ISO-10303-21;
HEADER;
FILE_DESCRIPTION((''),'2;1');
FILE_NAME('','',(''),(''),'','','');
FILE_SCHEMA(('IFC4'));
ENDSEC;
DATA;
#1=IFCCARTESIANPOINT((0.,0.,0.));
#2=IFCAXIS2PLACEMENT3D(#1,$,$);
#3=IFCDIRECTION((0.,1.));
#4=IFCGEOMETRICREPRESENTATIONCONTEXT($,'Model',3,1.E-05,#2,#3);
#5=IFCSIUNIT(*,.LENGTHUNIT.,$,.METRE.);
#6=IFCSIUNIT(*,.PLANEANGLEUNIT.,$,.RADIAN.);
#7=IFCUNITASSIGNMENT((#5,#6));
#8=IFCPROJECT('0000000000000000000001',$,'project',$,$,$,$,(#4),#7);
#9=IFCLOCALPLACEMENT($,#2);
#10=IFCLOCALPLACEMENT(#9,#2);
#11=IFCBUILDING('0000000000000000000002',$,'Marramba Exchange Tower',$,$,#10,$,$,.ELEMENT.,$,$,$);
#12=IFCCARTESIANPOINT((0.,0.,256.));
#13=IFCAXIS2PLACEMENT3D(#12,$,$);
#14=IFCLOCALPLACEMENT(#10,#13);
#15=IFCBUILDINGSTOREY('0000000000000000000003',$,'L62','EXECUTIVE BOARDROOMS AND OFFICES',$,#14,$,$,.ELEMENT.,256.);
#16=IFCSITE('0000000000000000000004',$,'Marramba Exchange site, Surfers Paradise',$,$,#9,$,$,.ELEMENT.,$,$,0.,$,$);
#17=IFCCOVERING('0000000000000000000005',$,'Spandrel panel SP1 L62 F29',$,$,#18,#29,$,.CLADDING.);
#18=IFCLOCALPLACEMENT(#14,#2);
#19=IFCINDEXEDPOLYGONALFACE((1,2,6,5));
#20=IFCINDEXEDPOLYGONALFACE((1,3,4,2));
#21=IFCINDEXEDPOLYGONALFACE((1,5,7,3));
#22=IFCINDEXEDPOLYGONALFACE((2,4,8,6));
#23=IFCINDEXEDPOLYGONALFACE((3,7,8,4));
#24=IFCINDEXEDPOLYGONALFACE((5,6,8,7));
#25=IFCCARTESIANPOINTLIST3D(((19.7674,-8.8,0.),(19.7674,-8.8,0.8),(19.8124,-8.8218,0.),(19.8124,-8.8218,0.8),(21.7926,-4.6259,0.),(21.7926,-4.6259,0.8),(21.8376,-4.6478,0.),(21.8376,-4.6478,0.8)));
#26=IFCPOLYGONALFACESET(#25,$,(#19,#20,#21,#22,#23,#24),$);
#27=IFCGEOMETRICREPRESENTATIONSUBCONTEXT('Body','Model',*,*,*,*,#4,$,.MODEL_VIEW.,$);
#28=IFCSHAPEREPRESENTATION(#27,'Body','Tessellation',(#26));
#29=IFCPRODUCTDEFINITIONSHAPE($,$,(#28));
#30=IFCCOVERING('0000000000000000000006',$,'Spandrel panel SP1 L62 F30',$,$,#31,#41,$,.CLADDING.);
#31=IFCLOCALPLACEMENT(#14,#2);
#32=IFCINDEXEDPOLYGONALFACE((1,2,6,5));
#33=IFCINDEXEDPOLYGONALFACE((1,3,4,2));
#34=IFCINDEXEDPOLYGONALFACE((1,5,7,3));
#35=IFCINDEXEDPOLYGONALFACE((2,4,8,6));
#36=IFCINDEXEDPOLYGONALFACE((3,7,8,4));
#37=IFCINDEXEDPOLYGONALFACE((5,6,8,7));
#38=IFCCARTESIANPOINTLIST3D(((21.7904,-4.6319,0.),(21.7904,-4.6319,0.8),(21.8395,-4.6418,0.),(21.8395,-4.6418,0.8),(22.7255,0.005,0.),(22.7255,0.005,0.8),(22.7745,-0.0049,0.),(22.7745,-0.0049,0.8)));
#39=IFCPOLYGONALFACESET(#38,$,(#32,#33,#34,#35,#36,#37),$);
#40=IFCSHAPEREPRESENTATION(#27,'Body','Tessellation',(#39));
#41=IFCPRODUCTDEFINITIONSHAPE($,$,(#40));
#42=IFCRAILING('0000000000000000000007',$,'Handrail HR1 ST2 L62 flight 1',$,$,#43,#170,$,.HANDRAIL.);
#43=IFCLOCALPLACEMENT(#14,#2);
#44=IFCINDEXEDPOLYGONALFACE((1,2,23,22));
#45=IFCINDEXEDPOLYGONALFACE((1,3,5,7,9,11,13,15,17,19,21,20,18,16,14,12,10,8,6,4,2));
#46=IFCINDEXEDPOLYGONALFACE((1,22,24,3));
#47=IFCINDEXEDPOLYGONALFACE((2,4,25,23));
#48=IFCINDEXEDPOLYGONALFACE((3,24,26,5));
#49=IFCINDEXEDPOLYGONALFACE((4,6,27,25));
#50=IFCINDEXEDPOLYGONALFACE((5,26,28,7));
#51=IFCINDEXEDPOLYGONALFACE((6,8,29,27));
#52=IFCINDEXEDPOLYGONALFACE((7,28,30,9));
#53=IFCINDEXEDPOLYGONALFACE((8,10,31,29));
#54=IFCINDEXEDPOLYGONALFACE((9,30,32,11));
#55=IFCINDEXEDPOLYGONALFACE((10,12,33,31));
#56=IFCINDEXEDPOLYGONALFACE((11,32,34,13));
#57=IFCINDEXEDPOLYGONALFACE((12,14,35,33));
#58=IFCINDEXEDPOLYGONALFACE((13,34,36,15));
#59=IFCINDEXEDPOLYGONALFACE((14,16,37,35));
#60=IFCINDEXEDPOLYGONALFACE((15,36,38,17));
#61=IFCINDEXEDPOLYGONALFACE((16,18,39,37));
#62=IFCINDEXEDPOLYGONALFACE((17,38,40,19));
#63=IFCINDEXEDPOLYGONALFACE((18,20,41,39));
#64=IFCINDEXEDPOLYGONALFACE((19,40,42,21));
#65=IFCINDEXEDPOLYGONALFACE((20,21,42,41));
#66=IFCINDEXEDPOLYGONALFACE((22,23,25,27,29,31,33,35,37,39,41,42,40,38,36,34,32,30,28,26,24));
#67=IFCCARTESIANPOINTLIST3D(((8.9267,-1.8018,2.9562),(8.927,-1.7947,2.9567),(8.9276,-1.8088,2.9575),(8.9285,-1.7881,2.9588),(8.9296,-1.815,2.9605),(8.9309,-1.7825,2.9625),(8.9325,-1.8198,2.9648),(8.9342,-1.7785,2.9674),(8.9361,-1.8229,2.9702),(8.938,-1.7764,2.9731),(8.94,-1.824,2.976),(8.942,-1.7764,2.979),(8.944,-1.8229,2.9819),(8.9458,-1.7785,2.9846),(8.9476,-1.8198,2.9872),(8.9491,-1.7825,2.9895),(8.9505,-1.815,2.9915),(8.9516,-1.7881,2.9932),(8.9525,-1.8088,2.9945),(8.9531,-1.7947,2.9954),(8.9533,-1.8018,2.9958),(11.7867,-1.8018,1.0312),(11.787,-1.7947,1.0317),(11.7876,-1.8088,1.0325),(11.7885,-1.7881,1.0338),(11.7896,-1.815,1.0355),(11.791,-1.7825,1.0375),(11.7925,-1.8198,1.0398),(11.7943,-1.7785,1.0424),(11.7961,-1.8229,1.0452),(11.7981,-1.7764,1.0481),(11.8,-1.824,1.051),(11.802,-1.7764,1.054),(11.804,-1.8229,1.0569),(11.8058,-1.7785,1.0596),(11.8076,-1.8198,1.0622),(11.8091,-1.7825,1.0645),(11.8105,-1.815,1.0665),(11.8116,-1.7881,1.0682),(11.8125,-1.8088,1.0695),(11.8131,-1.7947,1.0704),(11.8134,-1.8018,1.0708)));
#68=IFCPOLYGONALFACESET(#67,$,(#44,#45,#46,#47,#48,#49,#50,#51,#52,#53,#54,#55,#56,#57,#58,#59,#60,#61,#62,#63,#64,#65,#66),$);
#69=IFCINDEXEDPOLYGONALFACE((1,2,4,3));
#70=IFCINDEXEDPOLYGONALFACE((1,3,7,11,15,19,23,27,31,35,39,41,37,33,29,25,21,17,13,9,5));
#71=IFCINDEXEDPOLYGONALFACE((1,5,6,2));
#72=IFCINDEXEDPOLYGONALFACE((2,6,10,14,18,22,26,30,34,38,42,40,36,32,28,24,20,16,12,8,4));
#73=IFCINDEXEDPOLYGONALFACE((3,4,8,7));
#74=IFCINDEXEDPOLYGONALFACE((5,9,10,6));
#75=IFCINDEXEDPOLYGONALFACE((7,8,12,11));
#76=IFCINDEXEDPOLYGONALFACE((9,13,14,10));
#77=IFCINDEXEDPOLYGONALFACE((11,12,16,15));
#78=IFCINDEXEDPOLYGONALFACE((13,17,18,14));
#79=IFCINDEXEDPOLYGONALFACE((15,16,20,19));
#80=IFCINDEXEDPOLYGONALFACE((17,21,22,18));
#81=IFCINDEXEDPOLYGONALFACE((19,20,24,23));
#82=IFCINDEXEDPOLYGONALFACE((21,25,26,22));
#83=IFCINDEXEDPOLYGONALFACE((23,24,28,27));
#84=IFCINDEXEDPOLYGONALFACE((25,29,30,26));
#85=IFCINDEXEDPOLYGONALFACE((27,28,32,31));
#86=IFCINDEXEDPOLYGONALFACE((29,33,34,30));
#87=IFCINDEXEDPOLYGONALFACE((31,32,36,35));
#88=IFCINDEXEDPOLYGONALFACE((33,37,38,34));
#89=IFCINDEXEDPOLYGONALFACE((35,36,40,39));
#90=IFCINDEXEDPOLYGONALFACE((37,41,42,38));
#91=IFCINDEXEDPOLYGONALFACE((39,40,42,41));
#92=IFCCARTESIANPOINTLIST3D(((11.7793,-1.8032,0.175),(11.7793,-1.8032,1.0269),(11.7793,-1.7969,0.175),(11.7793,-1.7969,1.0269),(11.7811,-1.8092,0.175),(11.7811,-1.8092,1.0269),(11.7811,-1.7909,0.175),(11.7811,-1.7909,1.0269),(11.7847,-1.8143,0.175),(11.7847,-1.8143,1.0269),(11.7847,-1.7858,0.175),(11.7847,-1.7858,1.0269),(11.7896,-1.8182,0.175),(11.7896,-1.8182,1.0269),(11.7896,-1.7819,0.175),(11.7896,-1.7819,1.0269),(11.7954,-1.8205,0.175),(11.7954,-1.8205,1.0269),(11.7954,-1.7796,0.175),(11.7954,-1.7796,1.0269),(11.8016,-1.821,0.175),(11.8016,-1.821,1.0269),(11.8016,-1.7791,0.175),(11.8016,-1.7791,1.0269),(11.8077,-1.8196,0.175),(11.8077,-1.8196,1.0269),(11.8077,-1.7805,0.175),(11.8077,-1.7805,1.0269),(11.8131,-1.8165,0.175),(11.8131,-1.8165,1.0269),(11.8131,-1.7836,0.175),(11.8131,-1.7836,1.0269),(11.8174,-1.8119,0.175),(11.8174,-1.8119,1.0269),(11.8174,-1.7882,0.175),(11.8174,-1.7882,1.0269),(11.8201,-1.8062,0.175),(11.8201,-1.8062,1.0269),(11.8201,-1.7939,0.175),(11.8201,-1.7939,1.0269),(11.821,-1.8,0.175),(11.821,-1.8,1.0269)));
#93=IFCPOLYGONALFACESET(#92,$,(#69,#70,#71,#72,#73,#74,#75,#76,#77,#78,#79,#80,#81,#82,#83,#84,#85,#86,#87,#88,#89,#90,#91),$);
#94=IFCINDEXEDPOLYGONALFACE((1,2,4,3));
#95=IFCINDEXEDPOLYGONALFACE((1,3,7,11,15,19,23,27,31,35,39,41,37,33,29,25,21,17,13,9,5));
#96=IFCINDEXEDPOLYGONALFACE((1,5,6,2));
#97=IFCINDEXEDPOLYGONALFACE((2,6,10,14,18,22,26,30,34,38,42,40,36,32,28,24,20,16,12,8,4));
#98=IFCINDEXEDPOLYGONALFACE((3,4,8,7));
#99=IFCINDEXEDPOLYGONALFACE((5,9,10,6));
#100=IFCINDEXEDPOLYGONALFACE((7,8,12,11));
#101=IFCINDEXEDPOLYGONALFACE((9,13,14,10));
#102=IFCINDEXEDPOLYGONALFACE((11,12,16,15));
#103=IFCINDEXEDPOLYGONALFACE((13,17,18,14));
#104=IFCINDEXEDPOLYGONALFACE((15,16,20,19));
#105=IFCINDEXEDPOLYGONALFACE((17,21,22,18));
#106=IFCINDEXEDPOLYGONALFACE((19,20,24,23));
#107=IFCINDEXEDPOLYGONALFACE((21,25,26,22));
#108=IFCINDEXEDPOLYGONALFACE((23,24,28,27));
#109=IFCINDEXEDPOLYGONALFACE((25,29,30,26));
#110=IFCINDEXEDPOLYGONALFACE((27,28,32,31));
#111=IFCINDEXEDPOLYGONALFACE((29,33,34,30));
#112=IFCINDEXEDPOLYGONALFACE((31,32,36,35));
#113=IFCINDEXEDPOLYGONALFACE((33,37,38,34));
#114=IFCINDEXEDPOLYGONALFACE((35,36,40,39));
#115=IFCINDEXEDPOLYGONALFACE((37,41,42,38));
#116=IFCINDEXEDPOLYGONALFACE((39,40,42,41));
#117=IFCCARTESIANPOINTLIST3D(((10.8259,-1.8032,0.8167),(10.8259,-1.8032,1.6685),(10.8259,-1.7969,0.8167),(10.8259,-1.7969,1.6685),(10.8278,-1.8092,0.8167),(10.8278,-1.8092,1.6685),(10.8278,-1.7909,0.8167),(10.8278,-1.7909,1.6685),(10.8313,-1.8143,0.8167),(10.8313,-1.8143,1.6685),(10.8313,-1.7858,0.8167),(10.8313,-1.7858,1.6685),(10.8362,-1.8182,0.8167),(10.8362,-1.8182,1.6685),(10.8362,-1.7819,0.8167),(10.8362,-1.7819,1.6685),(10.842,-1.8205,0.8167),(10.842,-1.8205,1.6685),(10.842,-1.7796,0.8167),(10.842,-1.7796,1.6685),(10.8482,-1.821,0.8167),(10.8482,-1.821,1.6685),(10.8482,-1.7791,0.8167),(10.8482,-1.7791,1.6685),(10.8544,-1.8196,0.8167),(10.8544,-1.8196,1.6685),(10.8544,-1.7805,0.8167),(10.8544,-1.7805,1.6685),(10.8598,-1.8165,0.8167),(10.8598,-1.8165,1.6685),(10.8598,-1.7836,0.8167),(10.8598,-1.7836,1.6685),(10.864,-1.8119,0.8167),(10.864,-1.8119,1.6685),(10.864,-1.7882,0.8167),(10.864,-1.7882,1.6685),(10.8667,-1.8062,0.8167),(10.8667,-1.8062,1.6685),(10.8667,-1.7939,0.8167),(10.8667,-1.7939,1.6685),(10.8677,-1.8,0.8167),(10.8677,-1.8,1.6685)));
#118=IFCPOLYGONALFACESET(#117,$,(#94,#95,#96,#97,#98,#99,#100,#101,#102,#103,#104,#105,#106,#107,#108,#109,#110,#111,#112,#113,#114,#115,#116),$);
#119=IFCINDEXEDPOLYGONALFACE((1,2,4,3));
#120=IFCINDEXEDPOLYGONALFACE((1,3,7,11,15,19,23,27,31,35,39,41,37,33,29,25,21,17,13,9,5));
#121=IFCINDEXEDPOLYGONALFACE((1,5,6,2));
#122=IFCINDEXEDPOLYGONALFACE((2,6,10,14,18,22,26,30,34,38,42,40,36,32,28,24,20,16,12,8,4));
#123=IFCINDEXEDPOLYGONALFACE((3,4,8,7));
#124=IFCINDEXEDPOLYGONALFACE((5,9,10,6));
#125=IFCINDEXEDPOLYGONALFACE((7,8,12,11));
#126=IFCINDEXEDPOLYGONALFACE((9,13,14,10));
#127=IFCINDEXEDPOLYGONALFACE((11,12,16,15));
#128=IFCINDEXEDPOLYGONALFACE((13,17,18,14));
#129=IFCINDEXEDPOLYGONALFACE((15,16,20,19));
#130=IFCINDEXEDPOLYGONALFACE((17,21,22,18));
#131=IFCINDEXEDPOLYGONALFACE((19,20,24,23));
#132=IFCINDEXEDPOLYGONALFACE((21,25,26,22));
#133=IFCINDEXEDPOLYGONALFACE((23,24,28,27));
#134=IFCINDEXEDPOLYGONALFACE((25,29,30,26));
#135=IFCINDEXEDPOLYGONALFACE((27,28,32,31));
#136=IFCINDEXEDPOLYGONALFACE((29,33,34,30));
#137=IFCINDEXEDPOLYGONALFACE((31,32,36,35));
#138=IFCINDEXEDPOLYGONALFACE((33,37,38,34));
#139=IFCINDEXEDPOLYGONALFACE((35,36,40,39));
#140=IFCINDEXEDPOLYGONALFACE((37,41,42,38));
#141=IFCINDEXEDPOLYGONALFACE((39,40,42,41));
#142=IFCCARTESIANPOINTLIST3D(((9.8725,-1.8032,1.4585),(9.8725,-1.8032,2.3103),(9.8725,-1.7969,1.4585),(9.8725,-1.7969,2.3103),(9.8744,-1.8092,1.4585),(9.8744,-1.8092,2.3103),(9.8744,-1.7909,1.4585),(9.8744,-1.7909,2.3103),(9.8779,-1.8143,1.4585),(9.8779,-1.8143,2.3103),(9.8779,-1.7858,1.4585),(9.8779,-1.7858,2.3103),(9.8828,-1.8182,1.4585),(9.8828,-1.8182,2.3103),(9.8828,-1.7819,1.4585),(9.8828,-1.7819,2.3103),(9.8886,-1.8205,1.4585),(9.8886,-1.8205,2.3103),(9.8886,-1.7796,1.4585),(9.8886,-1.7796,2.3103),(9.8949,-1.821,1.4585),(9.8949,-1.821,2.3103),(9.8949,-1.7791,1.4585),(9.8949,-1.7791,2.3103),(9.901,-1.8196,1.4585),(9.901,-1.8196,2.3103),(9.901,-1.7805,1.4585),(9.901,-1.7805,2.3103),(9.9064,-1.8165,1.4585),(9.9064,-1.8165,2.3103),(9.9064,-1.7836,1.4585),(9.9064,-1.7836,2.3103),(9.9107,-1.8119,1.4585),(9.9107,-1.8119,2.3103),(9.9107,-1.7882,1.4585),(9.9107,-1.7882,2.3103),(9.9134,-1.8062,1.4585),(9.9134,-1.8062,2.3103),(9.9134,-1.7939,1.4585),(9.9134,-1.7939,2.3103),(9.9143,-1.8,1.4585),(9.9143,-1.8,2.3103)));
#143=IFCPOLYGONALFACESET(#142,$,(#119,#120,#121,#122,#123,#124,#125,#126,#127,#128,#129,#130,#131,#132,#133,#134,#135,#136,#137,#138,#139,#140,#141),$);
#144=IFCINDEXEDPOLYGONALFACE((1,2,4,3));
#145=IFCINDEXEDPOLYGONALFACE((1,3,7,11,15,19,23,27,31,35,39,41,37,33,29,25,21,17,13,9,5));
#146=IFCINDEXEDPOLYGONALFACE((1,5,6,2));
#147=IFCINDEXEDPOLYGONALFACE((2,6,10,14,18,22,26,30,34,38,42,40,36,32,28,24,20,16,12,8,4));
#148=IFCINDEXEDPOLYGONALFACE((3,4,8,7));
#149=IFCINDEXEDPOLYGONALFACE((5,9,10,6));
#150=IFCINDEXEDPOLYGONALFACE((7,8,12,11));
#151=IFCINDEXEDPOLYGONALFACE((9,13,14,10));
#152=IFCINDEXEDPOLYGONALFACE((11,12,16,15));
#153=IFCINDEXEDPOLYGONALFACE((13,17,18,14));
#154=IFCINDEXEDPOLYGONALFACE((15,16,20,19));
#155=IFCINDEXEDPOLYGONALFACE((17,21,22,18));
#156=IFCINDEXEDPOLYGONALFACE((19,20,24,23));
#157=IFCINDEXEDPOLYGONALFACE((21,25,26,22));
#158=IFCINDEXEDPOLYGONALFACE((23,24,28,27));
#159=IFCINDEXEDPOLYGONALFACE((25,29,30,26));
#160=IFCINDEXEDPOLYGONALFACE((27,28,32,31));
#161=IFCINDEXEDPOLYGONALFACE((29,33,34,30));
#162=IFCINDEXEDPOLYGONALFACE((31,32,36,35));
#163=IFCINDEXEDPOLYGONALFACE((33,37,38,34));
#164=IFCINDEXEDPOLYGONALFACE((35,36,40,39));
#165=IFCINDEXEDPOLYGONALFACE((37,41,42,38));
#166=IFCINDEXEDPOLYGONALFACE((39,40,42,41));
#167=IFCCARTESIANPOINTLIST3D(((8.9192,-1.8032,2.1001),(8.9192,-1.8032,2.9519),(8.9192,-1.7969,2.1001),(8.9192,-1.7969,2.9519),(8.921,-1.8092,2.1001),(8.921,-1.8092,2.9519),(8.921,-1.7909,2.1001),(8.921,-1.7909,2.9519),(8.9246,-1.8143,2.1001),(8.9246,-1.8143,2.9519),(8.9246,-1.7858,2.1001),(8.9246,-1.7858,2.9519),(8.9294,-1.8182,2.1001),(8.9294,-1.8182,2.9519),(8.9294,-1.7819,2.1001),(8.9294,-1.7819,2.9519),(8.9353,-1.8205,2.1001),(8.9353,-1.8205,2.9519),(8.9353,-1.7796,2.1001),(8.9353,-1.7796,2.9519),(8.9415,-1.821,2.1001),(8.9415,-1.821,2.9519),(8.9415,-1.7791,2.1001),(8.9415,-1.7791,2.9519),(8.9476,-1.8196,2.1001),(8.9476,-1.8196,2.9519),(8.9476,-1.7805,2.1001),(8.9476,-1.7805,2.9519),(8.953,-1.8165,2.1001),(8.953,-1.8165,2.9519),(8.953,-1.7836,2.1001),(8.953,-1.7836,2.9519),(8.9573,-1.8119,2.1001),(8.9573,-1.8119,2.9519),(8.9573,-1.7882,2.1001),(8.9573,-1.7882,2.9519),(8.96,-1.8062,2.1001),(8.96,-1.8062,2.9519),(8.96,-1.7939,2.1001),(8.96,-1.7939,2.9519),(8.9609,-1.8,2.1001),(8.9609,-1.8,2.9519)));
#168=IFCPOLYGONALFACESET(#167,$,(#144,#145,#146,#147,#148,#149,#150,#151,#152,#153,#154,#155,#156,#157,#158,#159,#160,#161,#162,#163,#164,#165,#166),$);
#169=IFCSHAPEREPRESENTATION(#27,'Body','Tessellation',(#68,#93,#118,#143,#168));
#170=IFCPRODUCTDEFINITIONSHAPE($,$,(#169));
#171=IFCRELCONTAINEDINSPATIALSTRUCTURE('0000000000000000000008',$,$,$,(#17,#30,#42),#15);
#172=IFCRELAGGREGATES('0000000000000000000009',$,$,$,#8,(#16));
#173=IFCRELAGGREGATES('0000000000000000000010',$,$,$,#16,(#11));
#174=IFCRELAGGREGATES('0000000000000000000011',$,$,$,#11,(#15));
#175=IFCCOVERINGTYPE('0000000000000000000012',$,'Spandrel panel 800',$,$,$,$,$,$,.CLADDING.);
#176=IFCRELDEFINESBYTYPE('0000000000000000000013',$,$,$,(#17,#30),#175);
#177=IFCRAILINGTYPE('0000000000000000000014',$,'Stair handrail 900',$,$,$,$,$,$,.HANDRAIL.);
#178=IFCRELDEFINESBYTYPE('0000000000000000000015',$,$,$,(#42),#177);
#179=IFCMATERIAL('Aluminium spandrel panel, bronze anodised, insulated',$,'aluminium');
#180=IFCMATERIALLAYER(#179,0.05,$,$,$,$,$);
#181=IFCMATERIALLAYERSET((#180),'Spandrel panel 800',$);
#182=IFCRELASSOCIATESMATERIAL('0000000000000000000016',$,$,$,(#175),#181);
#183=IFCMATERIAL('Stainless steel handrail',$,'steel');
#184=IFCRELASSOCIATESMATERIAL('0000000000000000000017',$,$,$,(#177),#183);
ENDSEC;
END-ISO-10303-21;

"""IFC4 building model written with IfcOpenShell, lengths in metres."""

from ifc_helpers import new_model, si_unit, direction, frame, origin, origin_2d, place, context, subcontext, project, spatial, rectangle, circle, extrude, material, layer, layer_set, type_object, element, save


model = new_model("IFC4")

# Units and contexts
model_context = context("Model", 3, precision=1e-05, world=origin(), true_north=direction((0.0, 1.0)))
body_context = subcontext(model_context, "Body", "Model", "MODEL_VIEW")
ifc_project = project(units=[si_unit("LENGTHUNIT", "METRE"), si_unit("PLANEANGLEUNIT", "RADIAN")], contexts=[model_context])

# Site, building, storey
site_placement = place(None, origin())
site = spatial("IfcSite", under=ifc_project, at=site_placement, Name="Marramba Exchange site, Surfers Paradise", CompositionType="ELEMENT", RefElevation=0.0)
building_placement = place(site_placement, origin())
building = spatial("IfcBuilding", under=site, at=building_placement, Name="Marramba Exchange Tower", CompositionType="ELEMENT")
storey_placement = place(building_placement, frame((0.0, 0.0, 256.0)))
storey = spatial("IfcBuildingStorey", under=building, at=storey_placement, Name="L62", Description="EXECUTIVE BOARDROOMS AND OFFICES", CompositionType="ELEMENT", Elevation=256.0)

# Coverings
ifc_material_1 = material(Name="Aluminium spandrel panel, bronze anodised, insulated", Category="aluminium")
ifc_layer_1 = layer(ifc_material_1, 0.05)
ifc_layer_set_1 = layer_set([ifc_layer_1], Name="Spandrel panel 800")
covering_type = type_object("IfcCoveringType", Name="Spandrel panel 800", PredefinedType="CLADDING", material=ifc_layer_set_1)
covering_1_placement = place(storey_placement, frame((20.8025, -6.7239, 0.0), z_axis=(0.0, 0.0, 1.0), x_axis=(0.436515, 0.899697, 0.0)))
element("IfcCovering", 1, at=covering_1_placement, inside=storey, type_object=covering_type, Name="Spandrel panel SP1 L62 F29", PredefinedType="CLADDING", context=body_context, shape_type="SweptSolid", body=[
    extrude(rectangle(XDim=4.6394, YDim=0.05, at=origin_2d()), origin(), (0.0, 0.0, 1.0), 0.8),
])
covering_2_placement = place(storey_placement, frame((22.2825, -2.3184, 0.0), z_axis=(0.0, 0.0, 1.0), x_axis=(0.197671, 0.980269, 0.0)))
element("IfcCovering", 2, at=covering_2_placement, inside=storey, type_object=covering_type, Name="Spandrel panel SP1 L62 F30", PredefinedType="CLADDING", context=body_context, shape_type="SweptSolid", body=[
    extrude(rectangle(XDim=4.7302, YDim=0.05, at=origin_2d()), origin(), (0.0, 0.0, 1.0), 0.8),
])

# Railing
ifc_material_2 = material(Name="Stainless steel handrail", Category="steel")
railing_type = type_object("IfcRailingType", Name="Stair handrail 900", PredefinedType="HANDRAIL", material=ifc_material_2)
railing_placement = place(storey_placement, frame((11.8, -1.8, 0.175)))
element("IfcRailing", 3, at=railing_placement, inside=storey, type_object=railing_type, Name="Handrail HR1 ST2 L62 flight 1", PredefinedType="HANDRAIL", context=body_context, shape_type="SweptSolid", body=[
    extrude(circle(Radius=0.0239, at=origin_2d()), frame((0.0, 0.0, 0.876), z_axis=(-0.829591, 0.0, 0.558372), x_axis=(0.0, -1.0, 0.0)), (0.0, 0.0, 1.0), 3.4475),
    extrude(circle(Radius=0.021, at=origin_2d()), origin(), (0.0, 0.0, 1.0), 0.8518),
    extrude(circle(Radius=0.021, at=origin_2d()), frame((-0.9534, 0.0, 0.6416)), (0.0, 0.0, 1.0), 0.8518),
    extrude(circle(Radius=0.021, at=origin_2d()), frame((-1.9067, 0.0, 1.2834)), (0.0, 0.0, 1.0), 0.8518),
    extrude(circle(Radius=0.021, at=origin_2d()), frame((-2.8601, 0.0, 1.925)), (0.0, 0.0, 1.0), 0.8518),
])

save(model, "model.ifc")
